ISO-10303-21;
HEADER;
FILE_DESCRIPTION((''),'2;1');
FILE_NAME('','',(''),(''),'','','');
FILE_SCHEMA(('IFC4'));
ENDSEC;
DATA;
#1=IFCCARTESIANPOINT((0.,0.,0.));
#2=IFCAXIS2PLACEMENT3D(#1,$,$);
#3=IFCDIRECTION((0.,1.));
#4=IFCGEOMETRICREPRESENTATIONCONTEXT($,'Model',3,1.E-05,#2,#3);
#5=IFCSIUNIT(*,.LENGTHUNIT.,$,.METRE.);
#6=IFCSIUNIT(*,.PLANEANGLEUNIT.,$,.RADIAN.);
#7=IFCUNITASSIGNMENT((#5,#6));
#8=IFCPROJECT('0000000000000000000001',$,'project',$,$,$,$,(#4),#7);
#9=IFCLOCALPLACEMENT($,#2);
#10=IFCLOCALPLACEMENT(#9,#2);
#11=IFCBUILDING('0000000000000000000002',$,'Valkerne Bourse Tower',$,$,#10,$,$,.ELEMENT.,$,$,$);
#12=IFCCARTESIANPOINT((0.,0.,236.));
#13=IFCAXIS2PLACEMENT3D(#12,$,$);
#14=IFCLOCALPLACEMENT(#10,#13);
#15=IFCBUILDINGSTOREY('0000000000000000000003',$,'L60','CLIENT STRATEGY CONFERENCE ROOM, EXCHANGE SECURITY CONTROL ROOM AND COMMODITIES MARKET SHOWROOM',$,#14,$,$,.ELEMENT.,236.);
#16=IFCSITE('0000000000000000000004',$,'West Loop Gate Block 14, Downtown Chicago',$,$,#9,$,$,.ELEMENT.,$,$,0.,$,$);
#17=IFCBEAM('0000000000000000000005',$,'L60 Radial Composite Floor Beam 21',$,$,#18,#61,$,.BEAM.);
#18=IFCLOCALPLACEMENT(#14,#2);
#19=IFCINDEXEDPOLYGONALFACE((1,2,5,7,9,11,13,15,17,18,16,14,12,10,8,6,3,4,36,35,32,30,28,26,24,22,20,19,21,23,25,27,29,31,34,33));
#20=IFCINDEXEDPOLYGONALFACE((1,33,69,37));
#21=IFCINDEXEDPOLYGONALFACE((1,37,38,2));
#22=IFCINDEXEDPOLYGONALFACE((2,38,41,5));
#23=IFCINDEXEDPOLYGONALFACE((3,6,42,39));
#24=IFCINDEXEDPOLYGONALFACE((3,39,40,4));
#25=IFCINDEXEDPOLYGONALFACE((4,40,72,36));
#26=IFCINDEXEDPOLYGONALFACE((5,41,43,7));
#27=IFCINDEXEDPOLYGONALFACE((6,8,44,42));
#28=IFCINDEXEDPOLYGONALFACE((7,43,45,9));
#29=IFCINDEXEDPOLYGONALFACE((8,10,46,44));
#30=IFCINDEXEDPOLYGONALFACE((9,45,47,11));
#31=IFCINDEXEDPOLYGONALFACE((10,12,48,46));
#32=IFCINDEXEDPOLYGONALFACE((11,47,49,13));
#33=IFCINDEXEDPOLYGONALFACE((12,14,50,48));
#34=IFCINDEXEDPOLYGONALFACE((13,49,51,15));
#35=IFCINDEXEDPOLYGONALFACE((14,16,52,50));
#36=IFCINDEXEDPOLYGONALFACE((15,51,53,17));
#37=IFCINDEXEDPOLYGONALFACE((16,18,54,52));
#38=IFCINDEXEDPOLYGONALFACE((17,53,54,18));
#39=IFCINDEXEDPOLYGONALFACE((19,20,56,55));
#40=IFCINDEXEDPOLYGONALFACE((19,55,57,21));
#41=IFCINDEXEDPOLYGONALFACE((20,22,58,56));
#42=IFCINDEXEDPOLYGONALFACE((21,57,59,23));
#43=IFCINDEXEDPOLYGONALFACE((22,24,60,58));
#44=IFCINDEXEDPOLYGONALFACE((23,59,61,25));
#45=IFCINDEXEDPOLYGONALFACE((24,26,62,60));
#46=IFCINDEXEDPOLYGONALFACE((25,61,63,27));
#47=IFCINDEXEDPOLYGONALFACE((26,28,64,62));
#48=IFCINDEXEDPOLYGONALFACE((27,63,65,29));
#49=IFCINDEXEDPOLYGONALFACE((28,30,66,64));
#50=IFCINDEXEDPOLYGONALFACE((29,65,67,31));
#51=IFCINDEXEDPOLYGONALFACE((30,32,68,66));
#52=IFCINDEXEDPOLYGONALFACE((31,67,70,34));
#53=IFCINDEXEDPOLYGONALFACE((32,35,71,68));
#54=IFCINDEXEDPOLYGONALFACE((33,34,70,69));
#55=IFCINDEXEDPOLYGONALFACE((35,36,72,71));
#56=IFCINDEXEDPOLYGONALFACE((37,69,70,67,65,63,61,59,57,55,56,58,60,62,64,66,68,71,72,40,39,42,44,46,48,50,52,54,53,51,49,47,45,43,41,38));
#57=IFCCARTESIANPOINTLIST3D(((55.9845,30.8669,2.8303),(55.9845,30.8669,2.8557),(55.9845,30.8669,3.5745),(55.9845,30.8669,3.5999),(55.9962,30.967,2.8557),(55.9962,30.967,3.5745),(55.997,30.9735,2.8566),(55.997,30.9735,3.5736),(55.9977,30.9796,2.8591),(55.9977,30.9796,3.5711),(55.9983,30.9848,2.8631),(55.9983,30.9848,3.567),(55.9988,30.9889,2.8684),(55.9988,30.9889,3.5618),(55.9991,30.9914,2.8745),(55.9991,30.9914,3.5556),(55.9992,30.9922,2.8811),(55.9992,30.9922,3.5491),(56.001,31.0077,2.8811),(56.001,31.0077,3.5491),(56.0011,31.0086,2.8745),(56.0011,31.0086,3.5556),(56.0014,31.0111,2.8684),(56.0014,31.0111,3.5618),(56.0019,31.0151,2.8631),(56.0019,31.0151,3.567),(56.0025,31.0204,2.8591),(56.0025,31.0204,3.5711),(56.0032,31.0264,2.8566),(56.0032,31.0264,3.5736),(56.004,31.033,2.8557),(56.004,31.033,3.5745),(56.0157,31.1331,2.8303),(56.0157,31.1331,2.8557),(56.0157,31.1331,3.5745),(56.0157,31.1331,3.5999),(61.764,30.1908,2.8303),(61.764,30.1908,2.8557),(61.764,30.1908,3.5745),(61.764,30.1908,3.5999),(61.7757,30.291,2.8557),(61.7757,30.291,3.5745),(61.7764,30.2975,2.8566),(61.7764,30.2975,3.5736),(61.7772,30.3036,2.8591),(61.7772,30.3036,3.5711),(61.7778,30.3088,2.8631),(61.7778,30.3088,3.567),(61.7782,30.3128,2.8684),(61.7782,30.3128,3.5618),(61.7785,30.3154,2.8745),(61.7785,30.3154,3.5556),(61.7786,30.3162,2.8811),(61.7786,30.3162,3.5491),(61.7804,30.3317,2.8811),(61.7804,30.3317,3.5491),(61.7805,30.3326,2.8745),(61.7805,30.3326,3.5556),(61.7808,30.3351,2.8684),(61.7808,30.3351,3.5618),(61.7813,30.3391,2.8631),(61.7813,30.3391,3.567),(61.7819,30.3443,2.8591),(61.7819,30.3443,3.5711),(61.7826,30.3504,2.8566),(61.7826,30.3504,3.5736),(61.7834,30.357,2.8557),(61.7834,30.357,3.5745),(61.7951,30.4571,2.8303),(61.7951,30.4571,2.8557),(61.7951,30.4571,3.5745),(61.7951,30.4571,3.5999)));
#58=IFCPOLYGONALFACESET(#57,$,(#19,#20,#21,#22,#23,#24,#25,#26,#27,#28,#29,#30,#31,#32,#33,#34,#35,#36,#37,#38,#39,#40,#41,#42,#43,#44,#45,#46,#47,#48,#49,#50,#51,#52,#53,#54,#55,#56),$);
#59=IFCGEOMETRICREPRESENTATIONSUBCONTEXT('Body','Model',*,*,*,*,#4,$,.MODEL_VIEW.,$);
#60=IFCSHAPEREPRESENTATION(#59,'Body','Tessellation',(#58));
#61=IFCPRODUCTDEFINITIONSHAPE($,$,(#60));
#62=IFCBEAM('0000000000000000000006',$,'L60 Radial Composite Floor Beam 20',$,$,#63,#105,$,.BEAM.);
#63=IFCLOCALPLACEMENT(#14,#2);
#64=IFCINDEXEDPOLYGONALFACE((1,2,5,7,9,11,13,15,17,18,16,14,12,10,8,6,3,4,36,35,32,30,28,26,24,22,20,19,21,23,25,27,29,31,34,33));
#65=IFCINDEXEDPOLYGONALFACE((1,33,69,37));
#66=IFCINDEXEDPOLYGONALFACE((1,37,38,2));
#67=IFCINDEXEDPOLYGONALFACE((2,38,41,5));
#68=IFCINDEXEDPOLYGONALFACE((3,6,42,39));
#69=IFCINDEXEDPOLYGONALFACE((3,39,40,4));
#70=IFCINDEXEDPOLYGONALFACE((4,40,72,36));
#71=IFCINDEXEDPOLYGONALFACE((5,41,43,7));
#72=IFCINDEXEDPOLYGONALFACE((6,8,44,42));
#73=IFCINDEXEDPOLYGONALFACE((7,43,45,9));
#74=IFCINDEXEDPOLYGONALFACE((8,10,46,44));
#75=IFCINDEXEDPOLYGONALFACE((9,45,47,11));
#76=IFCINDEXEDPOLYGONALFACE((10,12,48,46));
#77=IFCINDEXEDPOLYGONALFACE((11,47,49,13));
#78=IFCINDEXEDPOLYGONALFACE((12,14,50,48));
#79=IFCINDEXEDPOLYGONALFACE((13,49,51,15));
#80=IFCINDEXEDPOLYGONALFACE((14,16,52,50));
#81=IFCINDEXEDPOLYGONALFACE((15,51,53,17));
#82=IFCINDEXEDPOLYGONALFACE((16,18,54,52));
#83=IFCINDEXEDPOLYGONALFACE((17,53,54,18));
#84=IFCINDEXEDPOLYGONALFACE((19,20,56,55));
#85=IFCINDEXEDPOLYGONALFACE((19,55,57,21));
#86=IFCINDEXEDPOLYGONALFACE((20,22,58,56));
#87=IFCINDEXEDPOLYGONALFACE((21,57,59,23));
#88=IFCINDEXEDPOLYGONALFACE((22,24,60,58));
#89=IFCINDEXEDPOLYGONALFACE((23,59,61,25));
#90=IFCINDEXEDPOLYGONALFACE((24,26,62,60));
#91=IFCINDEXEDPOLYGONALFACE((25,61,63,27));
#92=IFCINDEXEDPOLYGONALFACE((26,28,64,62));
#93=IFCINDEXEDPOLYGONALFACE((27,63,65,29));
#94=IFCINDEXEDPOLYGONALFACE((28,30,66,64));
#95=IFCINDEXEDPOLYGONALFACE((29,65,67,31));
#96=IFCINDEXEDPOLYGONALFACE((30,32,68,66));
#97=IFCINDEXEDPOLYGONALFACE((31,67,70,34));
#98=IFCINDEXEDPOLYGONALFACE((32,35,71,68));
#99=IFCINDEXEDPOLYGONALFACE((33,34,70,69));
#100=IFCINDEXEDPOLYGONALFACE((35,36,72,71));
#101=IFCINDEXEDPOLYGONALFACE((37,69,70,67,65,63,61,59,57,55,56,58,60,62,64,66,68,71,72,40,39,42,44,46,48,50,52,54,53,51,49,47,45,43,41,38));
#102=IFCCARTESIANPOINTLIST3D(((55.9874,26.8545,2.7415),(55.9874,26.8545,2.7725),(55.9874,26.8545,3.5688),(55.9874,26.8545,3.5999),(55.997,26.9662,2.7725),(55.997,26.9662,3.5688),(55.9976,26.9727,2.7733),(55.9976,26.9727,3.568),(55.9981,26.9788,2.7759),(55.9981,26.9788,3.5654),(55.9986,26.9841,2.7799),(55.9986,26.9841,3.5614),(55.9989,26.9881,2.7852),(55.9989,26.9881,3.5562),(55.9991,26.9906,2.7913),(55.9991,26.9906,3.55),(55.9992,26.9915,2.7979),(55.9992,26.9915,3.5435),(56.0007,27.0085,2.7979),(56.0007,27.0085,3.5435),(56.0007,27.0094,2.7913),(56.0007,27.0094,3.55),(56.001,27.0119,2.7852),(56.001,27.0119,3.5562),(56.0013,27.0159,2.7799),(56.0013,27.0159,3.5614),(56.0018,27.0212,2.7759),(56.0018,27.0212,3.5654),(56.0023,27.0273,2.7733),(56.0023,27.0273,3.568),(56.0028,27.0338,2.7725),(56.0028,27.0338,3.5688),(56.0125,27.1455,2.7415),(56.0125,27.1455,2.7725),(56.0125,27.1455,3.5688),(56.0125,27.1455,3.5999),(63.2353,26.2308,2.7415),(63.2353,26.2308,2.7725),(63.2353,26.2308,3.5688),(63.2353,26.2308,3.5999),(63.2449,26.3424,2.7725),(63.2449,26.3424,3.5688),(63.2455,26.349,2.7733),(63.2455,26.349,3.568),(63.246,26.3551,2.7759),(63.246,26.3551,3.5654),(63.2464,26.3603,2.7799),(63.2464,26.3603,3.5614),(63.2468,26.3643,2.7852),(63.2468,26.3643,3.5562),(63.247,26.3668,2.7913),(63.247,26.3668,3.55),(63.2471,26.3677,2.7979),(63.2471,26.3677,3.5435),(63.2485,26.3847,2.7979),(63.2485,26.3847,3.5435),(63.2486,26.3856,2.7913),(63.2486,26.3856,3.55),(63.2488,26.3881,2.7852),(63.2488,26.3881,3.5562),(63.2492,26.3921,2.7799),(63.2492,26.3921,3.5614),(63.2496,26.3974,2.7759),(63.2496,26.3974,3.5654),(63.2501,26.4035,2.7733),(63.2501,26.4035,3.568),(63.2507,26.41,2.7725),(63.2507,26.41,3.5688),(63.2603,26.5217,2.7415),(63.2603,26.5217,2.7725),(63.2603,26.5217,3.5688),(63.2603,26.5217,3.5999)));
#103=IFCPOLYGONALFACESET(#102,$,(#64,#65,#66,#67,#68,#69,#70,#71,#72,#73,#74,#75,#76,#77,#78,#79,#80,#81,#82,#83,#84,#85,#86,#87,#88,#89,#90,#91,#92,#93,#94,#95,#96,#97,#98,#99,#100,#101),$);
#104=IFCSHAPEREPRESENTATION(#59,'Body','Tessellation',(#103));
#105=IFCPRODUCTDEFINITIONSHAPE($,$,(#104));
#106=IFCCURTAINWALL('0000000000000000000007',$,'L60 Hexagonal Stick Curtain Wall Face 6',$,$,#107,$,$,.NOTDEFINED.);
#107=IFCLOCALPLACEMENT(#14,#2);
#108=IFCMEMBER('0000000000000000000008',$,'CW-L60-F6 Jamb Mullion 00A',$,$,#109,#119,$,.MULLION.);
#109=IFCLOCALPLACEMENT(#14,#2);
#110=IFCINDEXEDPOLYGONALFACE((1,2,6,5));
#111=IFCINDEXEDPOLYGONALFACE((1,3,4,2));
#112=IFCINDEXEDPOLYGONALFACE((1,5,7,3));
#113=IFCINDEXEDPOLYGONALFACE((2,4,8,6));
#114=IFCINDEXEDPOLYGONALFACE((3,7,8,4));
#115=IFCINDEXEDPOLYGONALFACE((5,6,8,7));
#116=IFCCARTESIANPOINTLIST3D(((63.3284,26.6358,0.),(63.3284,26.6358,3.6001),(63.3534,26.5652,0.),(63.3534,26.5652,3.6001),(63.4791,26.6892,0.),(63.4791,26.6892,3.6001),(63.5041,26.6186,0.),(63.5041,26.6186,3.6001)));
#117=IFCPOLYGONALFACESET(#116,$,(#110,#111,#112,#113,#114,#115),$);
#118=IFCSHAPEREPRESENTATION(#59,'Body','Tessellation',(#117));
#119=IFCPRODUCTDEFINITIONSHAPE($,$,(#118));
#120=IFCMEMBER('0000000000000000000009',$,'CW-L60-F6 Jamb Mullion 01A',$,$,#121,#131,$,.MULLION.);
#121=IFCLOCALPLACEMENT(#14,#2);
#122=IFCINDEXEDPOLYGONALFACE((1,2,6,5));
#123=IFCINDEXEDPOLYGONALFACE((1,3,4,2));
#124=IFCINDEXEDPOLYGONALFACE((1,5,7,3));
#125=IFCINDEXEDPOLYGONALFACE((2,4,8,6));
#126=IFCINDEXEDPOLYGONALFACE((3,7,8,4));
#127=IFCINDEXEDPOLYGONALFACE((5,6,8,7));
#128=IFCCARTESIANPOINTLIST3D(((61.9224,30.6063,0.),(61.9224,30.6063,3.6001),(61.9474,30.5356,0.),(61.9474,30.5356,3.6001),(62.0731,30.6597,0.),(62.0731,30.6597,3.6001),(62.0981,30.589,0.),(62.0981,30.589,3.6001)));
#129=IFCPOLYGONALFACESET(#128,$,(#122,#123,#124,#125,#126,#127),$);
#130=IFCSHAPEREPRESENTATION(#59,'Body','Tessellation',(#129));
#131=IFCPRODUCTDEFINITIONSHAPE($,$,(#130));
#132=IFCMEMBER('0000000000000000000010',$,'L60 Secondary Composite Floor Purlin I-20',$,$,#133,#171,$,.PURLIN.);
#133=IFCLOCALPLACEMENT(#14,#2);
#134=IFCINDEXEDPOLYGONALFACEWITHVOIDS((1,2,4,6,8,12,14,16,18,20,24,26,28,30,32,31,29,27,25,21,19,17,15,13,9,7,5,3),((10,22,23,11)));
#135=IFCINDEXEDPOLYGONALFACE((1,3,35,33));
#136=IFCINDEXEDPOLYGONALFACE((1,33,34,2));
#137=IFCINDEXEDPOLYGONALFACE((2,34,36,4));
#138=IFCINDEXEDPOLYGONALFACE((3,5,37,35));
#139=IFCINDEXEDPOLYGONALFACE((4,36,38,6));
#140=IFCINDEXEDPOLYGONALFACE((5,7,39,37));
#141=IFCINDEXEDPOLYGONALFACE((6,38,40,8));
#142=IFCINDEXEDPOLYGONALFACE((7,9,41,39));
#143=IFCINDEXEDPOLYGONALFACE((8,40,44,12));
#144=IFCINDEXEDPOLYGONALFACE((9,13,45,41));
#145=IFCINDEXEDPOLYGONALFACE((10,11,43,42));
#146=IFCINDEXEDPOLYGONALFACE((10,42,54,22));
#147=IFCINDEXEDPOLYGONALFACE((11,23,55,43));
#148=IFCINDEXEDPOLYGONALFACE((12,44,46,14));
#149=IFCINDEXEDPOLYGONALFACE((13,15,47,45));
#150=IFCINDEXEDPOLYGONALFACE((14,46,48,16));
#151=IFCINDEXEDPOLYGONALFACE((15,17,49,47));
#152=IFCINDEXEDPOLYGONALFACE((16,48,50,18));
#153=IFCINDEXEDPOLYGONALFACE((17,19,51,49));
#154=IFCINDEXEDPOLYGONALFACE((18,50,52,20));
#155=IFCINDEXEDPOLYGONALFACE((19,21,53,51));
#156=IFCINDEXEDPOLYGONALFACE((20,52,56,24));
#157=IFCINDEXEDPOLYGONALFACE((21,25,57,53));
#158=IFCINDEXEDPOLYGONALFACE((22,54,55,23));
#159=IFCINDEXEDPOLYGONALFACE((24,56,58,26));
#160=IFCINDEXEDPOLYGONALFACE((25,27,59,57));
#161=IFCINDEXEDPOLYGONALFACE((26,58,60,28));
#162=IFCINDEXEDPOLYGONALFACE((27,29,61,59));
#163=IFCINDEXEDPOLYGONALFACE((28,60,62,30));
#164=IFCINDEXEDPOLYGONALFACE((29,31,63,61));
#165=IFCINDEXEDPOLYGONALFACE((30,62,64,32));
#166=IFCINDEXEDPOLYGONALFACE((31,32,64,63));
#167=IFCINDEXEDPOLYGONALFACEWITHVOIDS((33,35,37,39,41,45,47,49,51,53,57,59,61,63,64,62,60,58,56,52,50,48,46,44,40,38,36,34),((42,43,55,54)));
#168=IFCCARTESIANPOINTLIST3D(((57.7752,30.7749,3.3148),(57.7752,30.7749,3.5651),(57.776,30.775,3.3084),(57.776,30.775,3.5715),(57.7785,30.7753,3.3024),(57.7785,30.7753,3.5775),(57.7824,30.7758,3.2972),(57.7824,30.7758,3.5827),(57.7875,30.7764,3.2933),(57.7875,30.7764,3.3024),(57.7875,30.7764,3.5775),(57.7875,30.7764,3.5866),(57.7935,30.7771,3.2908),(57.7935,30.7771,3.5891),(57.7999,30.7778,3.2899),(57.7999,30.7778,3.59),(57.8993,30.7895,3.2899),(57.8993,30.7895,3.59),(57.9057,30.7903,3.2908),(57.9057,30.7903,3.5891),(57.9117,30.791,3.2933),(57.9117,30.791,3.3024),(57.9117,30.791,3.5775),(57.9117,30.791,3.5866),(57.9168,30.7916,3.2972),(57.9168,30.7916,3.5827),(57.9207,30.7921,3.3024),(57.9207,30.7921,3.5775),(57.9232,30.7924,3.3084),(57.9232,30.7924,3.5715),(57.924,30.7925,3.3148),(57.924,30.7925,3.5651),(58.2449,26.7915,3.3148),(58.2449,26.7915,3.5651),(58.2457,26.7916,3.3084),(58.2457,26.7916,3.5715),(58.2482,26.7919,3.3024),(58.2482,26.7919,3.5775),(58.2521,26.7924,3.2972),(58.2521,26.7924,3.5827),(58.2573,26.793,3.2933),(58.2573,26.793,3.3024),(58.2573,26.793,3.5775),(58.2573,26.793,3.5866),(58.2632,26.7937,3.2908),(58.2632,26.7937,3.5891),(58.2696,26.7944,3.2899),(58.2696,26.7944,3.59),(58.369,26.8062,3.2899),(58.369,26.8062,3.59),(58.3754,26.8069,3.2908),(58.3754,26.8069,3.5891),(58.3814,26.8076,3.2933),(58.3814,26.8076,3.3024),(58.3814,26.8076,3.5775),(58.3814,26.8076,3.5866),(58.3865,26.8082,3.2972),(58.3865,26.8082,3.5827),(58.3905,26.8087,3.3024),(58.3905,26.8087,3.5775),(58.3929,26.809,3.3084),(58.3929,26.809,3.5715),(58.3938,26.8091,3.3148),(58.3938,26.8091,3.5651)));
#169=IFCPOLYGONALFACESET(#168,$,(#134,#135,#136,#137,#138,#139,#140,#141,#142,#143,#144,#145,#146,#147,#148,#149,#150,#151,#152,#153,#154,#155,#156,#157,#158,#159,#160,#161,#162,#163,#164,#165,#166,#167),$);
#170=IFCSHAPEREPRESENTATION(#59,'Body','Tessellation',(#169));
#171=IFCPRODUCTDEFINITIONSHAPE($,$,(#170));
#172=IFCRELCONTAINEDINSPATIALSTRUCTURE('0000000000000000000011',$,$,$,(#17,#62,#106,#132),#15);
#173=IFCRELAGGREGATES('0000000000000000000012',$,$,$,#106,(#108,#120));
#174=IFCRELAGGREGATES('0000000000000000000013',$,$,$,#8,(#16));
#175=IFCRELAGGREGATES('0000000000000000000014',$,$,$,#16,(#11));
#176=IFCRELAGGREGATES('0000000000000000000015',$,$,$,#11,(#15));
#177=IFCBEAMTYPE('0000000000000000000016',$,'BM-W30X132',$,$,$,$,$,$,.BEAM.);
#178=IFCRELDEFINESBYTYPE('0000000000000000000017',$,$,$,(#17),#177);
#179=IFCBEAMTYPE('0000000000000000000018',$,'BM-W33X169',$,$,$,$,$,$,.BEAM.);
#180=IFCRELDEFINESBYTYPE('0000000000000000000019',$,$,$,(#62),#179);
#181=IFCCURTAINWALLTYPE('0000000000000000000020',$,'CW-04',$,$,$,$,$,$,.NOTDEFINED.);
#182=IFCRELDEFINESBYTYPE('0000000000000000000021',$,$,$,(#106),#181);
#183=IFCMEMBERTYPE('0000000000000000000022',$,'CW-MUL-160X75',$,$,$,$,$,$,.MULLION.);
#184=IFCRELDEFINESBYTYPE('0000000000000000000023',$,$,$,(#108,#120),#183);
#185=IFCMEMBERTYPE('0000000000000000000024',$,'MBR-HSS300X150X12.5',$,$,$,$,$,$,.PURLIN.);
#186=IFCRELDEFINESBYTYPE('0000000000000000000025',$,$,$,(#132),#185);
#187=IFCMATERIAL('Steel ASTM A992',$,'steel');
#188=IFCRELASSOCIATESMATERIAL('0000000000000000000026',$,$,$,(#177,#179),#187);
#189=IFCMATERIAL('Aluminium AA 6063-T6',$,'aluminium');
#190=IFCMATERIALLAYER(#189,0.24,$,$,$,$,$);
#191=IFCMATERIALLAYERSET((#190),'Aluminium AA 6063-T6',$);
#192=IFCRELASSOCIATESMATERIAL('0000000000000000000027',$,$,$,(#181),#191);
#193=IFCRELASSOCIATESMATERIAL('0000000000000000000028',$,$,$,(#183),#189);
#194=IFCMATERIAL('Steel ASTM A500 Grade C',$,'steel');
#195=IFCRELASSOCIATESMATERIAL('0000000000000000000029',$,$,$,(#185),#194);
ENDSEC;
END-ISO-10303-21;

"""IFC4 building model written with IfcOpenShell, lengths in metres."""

from ifc_helpers import new_model, si_unit, direction, frame, origin, origin_2d, place, context, subcontext, project, spatial, rectangle, hollow_rectangle, i_section, extrude, material, layer, layer_set, material_profile, profile_set, type_object, element, aggregate, save


model = new_model("IFC4")

# Units and contexts
model_context = context("Model", 3, precision=1e-05, world=origin(), true_north=direction((0.0, 1.0)))
body_context = subcontext(model_context, "Body", "Model", "MODEL_VIEW")
ifc_project = project(units=[si_unit("LENGTHUNIT", "METRE"), si_unit("PLANEANGLEUNIT", "RADIAN")], contexts=[model_context])

# Site, building, storey
site_placement = place(None, origin())
site = spatial("IfcSite", under=ifc_project, at=site_placement, Name="West Loop Gate Block 14, Downtown Chicago", CompositionType="ELEMENT", RefElevation=0.0)
building_placement = place(site_placement, origin())
building = spatial("IfcBuilding", under=site, at=building_placement, Name="Valkerne Bourse Tower", CompositionType="ELEMENT")
storey_placement = place(building_placement, frame((0.0, 0.0, 236.0)))
storey = spatial("IfcBuildingStorey", under=building, at=storey_placement, Name="L60", Description="CLIENT STRATEGY CONFERENCE ROOM, EXCHANGE SECURITY CONTROL ROOM AND COMMODITIES MARKET SHOWROOM", CompositionType="ELEMENT", Elevation=236.0)

# Beams
ifc_material_1 = material(Name="Steel ASTM A992", Category="steel")
ifc_material_profile_1 = material_profile(ifc_material_1, i_section(OverallWidth=0.2681, OverallDepth=0.7695, WebThickness=0.0156, FlangeThickness=0.0254, FilletRadius=0.0254, at=origin_2d()), Name="W30X132")
ifc_profile_set_1 = profile_set([ifc_material_profile_1], Name="Steel ASTM A992")
beam_type_1 = type_object("IfcBeamType", Name="BM-W30X132", PredefinedType="BEAM", material=ifc_profile_set_1)
beam_1_placement = place(storey_placement, frame((61.7795, 30.324, 3.2151), z_axis=(-0.993229, 0.116177, 0.0), x_axis=(-0.116177, -0.993229, 0.0)))
element("IfcBeam", 1, at=beam_1_placement, inside=storey, type_object=beam_type_1, Name="L60 Radial Composite Floor Beam 21", PredefinedType="BEAM", context=body_context, shape_type="SweptSolid", body=[
    extrude(i_section(OverallWidth=0.2681, OverallDepth=0.7695, WebThickness=0.0156, FlangeThickness=0.0254, FilletRadius=0.0254, at=origin_2d()), origin(), (0.0, 0.0, 1.0), 5.8188),
])
ifc_material_profile_2 = material_profile(ifc_material_1, i_section(OverallWidth=0.292, OverallDepth=0.8584, WebThickness=0.0171, FlangeThickness=0.031, FilletRadius=0.0254, at=origin_2d()), Name="W33X169")
ifc_profile_set_2 = profile_set([ifc_material_profile_2], Name="Steel ASTM A992")
beam_type_2 = type_object("IfcBeamType", Name="BM-W33X169", PredefinedType="BEAM", material=ifc_profile_set_2)
beam_2_placement = place(storey_placement, frame((63.2478, 26.3762, 3.1707), z_axis=(-0.996317, 0.085748, 0.0), x_axis=(-0.085748, -0.996317, 0.0)))
element("IfcBeam", 2, at=beam_2_placement, inside=storey, type_object=beam_type_2, Name="L60 Radial Composite Floor Beam 20", PredefinedType="BEAM", context=body_context, shape_type="SweptSolid", body=[
    extrude(i_section(OverallWidth=0.292, OverallDepth=0.8584, WebThickness=0.0171, FlangeThickness=0.031, FilletRadius=0.0254, at=origin_2d()), origin(), (0.0, 0.0, 1.0), 7.2747),
])

# Curtain wall, members
ifc_material_2 = material(Name="Aluminium AA 6063-T6", Category="aluminium")
ifc_layer_1 = layer(ifc_material_2, 0.24)
ifc_layer_set_1 = layer_set([ifc_layer_1], Name="Aluminium AA 6063-T6")
curtain_wall_type = type_object("IfcCurtainWallType", Name="CW-04", PredefinedType="NOTDEFINED", material=ifc_layer_set_1)
curtain_wall_placement = place(storey_placement, origin())
curtain_wall = element("IfcCurtainWall", 3, at=curtain_wall_placement, inside=storey, type_object=curtain_wall_type, Name="L60 Hexagonal Stick Curtain Wall Face 6", PredefinedType="NOTDEFINED")
ifc_material_profile_3 = material_profile(ifc_material_2, rectangle(XDim=0.075, YDim=0.1599, at=origin_2d()), Name="CWM-75X160")
ifc_profile_set_3 = profile_set([ifc_material_profile_3], Name="Aluminium AA 6063-T6")
member_type_1 = type_object("IfcMemberType", Name="CW-MUL-160X75", PredefinedType="MULLION", material=ifc_profile_set_3)
member_1_placement = place(storey_placement, frame((63.4163, 26.6272, 0.0), z_axis=(0.0, 0.0, 1.0), x_axis=(-0.333808, 0.942641, 0.0)))
member_1 = element("IfcMember", 4, at=member_1_placement, type_object=member_type_1, Name="CW-L60-F6 Jamb Mullion 00A", PredefinedType="MULLION", context=body_context, shape_type="SweptSolid", body=[
    extrude(rectangle(XDim=0.075, YDim=0.1599, at=origin_2d()), origin(), (0.0, 0.0, 1.0), 3.6001),
])
member_2_placement = place(storey_placement, frame((62.0103, 30.5977, 0.0), z_axis=(0.0, 0.0, 1.0), x_axis=(-0.333808, 0.942641, 0.0)))
member_2 = element("IfcMember", 5, at=member_2_placement, type_object=member_type_1, Name="CW-L60-F6 Jamb Mullion 01A", PredefinedType="MULLION", context=body_context, shape_type="SweptSolid", body=[
    extrude(rectangle(XDim=0.075, YDim=0.1599, at=origin_2d()), origin(), (0.0, 0.0, 1.0), 3.6001),
])

# Member
ifc_material_3 = material(Name="Steel ASTM A500 Grade C", Category="steel")
ifc_material_profile_4 = material_profile(ifc_material_3, hollow_rectangle(XDim=0.1499, YDim=0.3, WallThickness=0.0125, OuterFilletRadius=0.0249, at=origin_2d()), Name="HSS300X150X12.5")
ifc_profile_set_4 = profile_set([ifc_material_profile_4], Name="Steel ASTM A500 Grade C")
member_type_2 = type_object("IfcMemberType", Name="MBR-HSS300X150X12.5", PredefinedType="PURLIN", material=ifc_profile_set_4)
member_3_placement = place(storey_placement, frame((58.3193, 26.8003, 3.4399), z_axis=(-0.11711, 0.993119, 0.0), x_axis=(-0.993119, -0.11711, 0.0)))
element("IfcMember", 6, at=member_3_placement, inside=storey, type_object=member_type_2, Name="L60 Secondary Composite Floor Purlin I-20", PredefinedType="PURLIN", context=body_context, shape_type="SweptSolid", body=[
    extrude(hollow_rectangle(XDim=0.1499, YDim=0.3, WallThickness=0.0125, OuterFilletRadius=0.0249, at=origin_2d()), origin(), (0.0, 0.0, 1.0), 4.011),
])

aggregate(curtain_wall, [member_1, member_2])

save(model, "model.ifc")
